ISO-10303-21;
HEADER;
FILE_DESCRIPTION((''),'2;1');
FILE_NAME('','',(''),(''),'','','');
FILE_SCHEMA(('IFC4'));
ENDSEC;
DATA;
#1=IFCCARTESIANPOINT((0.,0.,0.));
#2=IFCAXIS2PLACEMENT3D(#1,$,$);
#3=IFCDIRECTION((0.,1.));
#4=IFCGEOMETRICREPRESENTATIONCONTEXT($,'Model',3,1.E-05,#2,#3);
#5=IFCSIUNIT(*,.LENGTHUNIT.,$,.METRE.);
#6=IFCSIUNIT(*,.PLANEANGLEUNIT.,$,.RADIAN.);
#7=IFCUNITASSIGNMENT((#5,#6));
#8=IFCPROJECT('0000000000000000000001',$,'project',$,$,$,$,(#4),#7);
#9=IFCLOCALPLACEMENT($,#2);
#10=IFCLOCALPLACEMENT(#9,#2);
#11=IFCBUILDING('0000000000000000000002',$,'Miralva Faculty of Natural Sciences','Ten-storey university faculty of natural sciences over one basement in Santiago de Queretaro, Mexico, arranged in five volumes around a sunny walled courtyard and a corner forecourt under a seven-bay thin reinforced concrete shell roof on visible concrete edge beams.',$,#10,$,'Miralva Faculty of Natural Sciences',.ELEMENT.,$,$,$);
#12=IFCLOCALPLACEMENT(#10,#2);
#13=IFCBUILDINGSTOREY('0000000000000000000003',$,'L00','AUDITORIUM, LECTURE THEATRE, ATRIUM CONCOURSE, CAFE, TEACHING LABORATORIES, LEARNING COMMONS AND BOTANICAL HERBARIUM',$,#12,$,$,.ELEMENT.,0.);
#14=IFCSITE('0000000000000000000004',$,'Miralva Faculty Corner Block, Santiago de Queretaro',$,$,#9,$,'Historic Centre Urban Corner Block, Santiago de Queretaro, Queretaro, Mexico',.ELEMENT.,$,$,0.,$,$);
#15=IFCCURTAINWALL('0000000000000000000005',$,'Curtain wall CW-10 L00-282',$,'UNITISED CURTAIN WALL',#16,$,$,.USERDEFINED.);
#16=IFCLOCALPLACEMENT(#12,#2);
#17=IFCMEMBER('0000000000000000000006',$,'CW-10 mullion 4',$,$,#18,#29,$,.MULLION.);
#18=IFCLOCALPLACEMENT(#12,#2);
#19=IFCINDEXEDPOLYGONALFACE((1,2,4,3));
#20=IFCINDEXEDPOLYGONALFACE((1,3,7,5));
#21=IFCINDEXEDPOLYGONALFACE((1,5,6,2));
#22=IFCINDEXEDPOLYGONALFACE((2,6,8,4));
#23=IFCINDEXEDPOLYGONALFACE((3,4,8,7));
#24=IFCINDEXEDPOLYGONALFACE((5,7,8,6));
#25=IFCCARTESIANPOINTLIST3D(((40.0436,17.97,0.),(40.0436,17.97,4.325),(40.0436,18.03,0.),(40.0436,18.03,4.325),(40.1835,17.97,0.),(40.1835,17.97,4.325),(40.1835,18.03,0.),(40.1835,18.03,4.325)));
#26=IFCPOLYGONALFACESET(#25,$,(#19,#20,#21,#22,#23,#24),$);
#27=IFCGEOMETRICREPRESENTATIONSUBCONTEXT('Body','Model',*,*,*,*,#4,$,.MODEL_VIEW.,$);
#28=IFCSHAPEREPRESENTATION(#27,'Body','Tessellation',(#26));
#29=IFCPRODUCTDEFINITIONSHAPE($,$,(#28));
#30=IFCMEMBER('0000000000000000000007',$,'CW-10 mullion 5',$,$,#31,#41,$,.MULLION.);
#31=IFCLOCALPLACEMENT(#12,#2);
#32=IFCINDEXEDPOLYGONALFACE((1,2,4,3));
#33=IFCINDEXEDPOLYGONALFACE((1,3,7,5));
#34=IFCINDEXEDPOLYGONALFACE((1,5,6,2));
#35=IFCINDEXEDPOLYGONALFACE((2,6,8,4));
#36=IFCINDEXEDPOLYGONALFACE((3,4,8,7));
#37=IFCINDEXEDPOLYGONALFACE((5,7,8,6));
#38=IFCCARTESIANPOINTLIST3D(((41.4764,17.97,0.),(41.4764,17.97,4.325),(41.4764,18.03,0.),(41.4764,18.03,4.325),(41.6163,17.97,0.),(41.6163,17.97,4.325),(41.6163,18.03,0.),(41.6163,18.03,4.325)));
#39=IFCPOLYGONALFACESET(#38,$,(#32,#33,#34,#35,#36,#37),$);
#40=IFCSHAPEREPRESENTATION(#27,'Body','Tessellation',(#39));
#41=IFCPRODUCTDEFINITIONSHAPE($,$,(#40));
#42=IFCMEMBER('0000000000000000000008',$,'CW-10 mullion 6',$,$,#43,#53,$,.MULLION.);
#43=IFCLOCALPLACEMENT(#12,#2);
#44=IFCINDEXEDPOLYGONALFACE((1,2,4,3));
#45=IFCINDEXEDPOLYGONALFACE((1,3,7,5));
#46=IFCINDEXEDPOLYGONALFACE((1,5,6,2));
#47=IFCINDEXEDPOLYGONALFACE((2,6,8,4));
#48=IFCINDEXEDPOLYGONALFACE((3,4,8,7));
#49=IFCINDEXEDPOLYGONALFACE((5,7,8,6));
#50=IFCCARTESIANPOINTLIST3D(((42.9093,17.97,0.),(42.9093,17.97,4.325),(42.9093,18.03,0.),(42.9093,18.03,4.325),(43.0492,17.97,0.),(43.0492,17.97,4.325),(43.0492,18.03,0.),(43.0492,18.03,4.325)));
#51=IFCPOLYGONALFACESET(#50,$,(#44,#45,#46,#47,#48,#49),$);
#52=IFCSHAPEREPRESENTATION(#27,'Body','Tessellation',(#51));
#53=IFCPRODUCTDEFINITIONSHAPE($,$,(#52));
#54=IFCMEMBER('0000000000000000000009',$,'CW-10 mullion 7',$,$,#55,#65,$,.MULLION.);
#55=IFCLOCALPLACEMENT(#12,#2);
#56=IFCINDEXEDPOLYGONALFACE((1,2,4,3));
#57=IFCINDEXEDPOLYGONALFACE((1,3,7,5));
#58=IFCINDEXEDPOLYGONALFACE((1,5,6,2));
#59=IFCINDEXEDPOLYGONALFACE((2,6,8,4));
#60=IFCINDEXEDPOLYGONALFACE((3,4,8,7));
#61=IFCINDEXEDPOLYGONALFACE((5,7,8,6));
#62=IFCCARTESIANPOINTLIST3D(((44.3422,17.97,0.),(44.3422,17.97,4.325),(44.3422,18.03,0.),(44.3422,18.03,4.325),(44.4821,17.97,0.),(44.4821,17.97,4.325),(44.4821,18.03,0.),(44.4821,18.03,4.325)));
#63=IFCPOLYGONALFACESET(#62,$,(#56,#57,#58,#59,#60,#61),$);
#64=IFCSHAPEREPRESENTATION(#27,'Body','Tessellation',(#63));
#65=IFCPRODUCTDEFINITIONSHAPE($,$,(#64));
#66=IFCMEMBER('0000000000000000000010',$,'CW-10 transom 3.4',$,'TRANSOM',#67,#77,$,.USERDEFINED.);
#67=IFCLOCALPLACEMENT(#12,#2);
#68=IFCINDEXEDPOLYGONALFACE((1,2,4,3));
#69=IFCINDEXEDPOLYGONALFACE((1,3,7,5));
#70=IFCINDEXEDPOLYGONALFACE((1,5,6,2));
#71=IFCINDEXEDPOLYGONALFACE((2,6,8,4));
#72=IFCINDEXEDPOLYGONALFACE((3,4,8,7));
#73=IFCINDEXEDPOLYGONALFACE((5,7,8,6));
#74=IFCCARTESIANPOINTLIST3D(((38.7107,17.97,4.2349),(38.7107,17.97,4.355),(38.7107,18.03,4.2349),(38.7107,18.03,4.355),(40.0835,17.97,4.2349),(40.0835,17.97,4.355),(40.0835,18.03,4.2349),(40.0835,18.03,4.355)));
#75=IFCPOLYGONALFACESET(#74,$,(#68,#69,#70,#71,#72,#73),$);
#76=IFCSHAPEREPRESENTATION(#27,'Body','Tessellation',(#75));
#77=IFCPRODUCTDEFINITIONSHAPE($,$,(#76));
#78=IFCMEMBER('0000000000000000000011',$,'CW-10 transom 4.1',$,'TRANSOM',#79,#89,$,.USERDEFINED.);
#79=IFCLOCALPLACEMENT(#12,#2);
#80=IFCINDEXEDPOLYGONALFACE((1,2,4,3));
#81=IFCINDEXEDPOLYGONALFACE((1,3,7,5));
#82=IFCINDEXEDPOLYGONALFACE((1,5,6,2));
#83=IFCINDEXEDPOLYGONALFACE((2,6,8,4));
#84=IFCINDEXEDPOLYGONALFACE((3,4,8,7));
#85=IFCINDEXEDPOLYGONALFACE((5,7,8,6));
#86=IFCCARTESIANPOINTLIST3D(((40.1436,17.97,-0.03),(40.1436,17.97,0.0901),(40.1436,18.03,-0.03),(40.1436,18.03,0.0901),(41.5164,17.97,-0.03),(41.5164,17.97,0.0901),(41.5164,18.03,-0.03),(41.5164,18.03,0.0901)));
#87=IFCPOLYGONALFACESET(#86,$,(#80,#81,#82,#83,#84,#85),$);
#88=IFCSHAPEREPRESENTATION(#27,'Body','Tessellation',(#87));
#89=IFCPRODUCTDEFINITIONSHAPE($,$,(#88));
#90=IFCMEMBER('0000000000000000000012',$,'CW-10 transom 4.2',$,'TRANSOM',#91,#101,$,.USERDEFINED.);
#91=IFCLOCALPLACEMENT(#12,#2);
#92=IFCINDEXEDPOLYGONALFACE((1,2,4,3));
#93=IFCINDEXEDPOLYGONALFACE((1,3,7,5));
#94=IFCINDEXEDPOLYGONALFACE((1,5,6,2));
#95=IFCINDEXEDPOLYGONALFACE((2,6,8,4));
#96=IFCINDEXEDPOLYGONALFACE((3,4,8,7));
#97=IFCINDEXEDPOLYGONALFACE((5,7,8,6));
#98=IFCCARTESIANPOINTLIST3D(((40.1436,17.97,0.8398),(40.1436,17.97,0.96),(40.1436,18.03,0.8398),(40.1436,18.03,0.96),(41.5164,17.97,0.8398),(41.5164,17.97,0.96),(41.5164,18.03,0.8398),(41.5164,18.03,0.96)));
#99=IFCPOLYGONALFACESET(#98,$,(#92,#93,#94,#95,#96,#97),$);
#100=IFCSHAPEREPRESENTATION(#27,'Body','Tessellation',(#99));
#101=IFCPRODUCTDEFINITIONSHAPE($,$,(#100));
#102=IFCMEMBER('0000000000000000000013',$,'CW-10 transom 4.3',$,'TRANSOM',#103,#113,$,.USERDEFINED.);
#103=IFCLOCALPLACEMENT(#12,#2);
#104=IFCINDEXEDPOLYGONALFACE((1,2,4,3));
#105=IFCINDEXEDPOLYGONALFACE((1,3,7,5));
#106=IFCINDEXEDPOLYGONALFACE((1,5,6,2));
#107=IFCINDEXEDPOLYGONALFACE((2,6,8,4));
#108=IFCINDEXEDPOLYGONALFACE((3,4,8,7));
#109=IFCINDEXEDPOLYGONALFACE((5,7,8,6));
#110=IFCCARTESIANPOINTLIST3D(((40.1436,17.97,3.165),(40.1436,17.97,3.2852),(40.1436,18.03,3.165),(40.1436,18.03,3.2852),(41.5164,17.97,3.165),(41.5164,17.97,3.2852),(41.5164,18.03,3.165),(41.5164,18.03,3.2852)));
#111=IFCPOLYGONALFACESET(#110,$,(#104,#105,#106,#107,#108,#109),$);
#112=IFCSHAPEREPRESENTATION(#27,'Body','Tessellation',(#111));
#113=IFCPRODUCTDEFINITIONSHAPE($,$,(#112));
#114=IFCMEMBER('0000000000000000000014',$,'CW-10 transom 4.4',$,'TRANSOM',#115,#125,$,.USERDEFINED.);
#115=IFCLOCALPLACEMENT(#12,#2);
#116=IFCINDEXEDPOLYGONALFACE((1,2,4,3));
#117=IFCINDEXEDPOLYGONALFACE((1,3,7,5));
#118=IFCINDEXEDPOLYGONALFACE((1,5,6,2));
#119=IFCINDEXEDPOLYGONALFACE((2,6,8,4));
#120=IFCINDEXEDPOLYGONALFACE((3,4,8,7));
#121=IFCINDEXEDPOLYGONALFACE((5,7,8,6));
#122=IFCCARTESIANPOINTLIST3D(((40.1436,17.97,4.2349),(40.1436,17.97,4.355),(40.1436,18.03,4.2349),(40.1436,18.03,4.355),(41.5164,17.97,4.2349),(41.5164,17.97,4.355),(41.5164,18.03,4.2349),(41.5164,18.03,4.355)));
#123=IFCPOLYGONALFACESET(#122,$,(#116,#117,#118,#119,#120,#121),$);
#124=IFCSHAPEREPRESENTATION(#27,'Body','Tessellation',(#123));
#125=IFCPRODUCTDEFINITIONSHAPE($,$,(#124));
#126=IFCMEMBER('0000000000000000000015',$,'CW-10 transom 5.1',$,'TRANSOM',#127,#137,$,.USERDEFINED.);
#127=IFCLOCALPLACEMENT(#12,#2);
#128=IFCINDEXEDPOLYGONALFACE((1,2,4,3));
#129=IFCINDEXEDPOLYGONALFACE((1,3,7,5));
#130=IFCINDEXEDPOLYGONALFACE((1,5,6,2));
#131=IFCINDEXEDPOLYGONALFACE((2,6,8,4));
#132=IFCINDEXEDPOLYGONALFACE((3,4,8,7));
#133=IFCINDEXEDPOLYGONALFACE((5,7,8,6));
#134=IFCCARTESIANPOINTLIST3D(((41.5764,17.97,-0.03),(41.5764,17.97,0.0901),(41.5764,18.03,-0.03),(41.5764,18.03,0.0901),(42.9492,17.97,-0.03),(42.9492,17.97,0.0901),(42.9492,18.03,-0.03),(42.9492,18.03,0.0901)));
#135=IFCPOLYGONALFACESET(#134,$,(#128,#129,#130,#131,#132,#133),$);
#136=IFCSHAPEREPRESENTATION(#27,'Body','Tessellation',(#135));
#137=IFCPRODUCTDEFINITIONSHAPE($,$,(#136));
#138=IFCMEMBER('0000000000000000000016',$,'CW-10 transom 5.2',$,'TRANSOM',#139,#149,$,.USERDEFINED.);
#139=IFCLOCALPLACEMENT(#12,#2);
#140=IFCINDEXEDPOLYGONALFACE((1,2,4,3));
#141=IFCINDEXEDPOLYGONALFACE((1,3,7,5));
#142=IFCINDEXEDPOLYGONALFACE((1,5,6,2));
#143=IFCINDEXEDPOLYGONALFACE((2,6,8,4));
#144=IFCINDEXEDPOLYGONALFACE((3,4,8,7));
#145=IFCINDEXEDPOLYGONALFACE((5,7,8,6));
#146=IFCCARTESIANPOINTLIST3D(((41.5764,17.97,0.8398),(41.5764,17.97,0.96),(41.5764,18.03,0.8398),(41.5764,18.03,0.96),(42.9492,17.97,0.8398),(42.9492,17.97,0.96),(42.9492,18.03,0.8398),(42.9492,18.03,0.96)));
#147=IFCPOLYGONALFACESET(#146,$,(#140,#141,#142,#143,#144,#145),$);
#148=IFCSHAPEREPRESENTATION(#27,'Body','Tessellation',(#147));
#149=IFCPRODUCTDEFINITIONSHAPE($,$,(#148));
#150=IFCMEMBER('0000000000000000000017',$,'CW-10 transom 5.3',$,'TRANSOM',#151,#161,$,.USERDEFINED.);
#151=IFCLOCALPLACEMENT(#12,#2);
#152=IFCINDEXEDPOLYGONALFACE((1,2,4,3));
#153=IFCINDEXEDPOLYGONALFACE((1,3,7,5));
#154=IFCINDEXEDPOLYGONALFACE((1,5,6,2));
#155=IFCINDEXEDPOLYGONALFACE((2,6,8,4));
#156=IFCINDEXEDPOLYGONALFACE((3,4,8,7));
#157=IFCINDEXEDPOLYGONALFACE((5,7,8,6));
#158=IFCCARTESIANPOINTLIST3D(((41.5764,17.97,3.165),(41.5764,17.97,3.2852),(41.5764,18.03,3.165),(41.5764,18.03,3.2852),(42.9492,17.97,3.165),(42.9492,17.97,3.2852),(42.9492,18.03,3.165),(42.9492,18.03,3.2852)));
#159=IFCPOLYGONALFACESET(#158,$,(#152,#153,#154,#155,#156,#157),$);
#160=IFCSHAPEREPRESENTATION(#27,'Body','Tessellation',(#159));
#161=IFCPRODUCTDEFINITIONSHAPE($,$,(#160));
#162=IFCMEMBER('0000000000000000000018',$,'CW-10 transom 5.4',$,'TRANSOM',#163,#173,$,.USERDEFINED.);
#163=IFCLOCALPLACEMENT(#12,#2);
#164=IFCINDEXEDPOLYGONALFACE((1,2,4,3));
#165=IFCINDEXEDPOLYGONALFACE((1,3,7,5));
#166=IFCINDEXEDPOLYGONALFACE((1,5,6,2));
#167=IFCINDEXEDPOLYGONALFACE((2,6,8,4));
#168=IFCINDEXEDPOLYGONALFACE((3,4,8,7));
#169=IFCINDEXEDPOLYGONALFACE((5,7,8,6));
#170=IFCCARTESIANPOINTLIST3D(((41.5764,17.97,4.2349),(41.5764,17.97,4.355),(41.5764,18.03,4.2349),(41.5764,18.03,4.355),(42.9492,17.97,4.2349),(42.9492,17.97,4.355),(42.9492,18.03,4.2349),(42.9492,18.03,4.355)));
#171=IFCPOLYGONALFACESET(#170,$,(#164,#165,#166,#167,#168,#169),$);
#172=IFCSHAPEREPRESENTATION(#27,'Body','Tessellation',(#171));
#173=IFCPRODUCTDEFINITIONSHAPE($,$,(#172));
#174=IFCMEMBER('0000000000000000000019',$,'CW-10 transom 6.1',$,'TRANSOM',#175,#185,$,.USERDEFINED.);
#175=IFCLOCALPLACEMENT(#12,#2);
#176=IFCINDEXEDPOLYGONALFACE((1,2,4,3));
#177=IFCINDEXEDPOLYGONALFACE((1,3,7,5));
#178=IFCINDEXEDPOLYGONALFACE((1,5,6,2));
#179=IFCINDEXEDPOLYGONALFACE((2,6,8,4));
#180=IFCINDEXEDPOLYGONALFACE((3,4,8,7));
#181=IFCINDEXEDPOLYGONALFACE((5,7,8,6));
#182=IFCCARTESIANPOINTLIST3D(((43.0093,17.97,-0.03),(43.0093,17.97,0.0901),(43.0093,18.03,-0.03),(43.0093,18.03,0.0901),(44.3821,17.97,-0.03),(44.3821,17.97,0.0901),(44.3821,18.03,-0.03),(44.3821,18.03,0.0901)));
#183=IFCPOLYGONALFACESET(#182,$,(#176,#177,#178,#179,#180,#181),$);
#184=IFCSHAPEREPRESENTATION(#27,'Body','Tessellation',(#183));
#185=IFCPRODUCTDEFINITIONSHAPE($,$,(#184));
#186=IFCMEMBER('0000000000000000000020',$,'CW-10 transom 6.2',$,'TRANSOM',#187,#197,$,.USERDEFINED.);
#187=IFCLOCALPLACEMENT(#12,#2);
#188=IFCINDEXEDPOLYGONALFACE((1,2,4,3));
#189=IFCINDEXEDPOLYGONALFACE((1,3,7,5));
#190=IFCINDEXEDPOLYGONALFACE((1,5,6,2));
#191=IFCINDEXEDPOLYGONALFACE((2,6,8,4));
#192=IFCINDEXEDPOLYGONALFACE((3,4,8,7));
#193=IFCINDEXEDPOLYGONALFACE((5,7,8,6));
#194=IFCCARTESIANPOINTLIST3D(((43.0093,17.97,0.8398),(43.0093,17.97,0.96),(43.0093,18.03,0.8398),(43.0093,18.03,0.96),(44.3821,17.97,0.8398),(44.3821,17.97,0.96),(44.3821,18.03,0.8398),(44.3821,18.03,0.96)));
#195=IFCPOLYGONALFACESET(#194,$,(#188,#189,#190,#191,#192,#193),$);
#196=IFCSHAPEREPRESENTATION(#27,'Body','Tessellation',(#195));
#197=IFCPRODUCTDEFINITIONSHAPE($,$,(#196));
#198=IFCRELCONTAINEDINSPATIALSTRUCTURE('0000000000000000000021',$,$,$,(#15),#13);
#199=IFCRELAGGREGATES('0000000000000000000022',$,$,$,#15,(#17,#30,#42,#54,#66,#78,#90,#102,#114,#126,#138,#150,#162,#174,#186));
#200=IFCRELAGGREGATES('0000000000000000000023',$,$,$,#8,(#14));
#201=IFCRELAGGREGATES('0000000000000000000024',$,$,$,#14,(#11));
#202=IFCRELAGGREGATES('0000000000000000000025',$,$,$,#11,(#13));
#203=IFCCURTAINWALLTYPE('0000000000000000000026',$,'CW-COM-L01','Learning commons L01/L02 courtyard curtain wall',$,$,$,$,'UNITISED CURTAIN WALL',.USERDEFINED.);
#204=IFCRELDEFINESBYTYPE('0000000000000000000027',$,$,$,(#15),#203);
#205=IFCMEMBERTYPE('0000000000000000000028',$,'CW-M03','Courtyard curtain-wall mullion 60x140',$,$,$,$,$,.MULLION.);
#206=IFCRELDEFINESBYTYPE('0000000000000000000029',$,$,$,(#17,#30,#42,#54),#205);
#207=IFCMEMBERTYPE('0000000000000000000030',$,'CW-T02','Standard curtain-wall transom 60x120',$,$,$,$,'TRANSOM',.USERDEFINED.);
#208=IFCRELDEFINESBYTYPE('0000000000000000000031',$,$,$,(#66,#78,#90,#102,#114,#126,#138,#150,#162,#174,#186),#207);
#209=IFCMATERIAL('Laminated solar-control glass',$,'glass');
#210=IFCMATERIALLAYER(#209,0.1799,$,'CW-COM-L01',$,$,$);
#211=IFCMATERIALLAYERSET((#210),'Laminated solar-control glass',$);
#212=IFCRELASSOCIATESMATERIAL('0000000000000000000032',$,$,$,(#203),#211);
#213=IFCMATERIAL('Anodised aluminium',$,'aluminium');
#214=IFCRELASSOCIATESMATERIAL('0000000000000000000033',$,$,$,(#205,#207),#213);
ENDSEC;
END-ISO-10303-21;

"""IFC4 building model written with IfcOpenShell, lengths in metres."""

from ifc_helpers import new_model, si_unit, direction, frame, origin, origin_2d, place, context, subcontext, project, spatial, rectangle, extrude, material, layer, layer_set, material_profile, profile_set, type_object, element, aggregate, save


model = new_model("IFC4")

# Units and contexts
model_context = context("Model", 3, precision=1e-05, world=origin(), true_north=direction((0.0, 1.0)))
body_context = subcontext(model_context, "Body", "Model", "MODEL_VIEW")
ifc_project = project(units=[si_unit("LENGTHUNIT", "METRE"), si_unit("PLANEANGLEUNIT", "RADIAN")], contexts=[model_context])

# Site, building, storey
site_placement = place(None, origin())
site = spatial("IfcSite", under=ifc_project, at=site_placement, Name="Miralva Faculty Corner Block, Santiago de Queretaro", LongName="Historic Centre Urban Corner Block, Santiago de Queretaro, Queretaro, Mexico", CompositionType="ELEMENT", RefElevation=0.0)
building_placement = place(site_placement, origin())
building = spatial("IfcBuilding", under=site, at=building_placement, Name="Miralva Faculty of Natural Sciences", Description="Ten-storey university faculty of natural sciences over one basement in Santiago de Queretaro, Mexico, arranged in five volumes around a sunny walled courtyard and a corner forecourt under a seven-bay thin reinforced concrete shell roof on visible concrete edge beams.", LongName="Miralva Faculty of Natural Sciences", CompositionType="ELEMENT")
storey_placement = place(building_placement, origin())
storey = spatial("IfcBuildingStorey", under=building, at=storey_placement, Name="L00", Description="AUDITORIUM, LECTURE THEATRE, ATRIUM CONCOURSE, CAFE, TEACHING LABORATORIES, LEARNING COMMONS AND BOTANICAL HERBARIUM", CompositionType="ELEMENT", Elevation=0.0)

# Curtain wall, members
ifc_material_1 = material(Name="Laminated solar-control glass", Category="glass")
ifc_layer_1 = layer(ifc_material_1, 0.1799, Name="CW-COM-L01")
ifc_layer_set_1 = layer_set([ifc_layer_1], Name="Laminated solar-control glass")
curtain_wall_type = type_object("IfcCurtainWallType", Name="CW-COM-L01", Description="Learning commons L01/L02 courtyard curtain wall", ElementType="UNITISED CURTAIN WALL", PredefinedType="USERDEFINED", material=ifc_layer_set_1)
curtain_wall_placement = place(storey_placement, origin())
curtain_wall = element("IfcCurtainWall", 1, at=curtain_wall_placement, inside=storey, type_object=curtain_wall_type, Name="Curtain wall CW-10 L00-282", ObjectType="UNITISED CURTAIN WALL", PredefinedType="USERDEFINED")
ifc_material_2 = material(Name="Anodised aluminium", Category="aluminium")
ifc_material_profile_1 = material_profile(ifc_material_2, rectangle(XDim=0.0601, YDim=0.1399, at=origin_2d()), Name="MULLION 60x140")
ifc_profile_set_1 = profile_set([ifc_material_profile_1], Name="Anodised aluminium")
member_type_1 = type_object("IfcMemberType", Name="CW-M03", Description="Courtyard curtain-wall mullion 60x140", PredefinedType="MULLION", material=ifc_profile_set_1)
member_1_placement = place(storey_placement, frame((40.1135, 18.0, 0.0), z_axis=(0.0, 0.0, 1.0), x_axis=(0.0, 1.0, 0.0)))
member_1 = element("IfcMember", 2, at=member_1_placement, type_object=member_type_1, Name="CW-10 mullion 4", PredefinedType="MULLION", context=body_context, shape_type="SweptSolid", body=[
    extrude(rectangle(XDim=0.0601, YDim=0.1399, at=origin_2d()), origin(), (0.0, 0.0, 1.0), 4.325),
])
member_2_placement = place(storey_placement, frame((41.5464, 18.0, 0.0), z_axis=(0.0, 0.0, 1.0), x_axis=(0.0, 1.0, 0.0)))
member_2 = element("IfcMember", 3, at=member_2_placement, type_object=member_type_1, Name="CW-10 mullion 5", PredefinedType="MULLION", context=body_context, shape_type="SweptSolid", body=[
    extrude(rectangle(XDim=0.0601, YDim=0.1399, at=origin_2d()), origin(), (0.0, 0.0, 1.0), 4.325),
])
member_3_placement = place(storey_placement, frame((42.9792, 18.0, 0.0), z_axis=(0.0, 0.0, 1.0), x_axis=(0.0, 1.0, 0.0)))
member_3 = element("IfcMember", 4, at=member_3_placement, type_object=member_type_1, Name="CW-10 mullion 6", PredefinedType="MULLION", context=body_context, shape_type="SweptSolid", body=[
    extrude(rectangle(XDim=0.0601, YDim=0.1399, at=origin_2d()), origin(), (0.0, 0.0, 1.0), 4.325),
])
member_4_placement = place(storey_placement, frame((44.4121, 18.0, 0.0), z_axis=(0.0, 0.0, 1.0), x_axis=(0.0, 1.0, 0.0)))
member_4 = element("IfcMember", 5, at=member_4_placement, type_object=member_type_1, Name="CW-10 mullion 7", PredefinedType="MULLION", context=body_context, shape_type="SweptSolid", body=[
    extrude(rectangle(XDim=0.0601, YDim=0.1399, at=origin_2d()), origin(), (0.0, 0.0, 1.0), 4.325),
])
ifc_material_profile_2 = material_profile(ifc_material_2, rectangle(XDim=0.0601, YDim=0.1201, at=origin_2d()), Name="TRANSOM 60x120")
ifc_profile_set_2 = profile_set([ifc_material_profile_2], Name="Anodised aluminium")
member_type_2 = type_object("IfcMemberType", Name="CW-T02", Description="Standard curtain-wall transom 60x120", ElementType="TRANSOM", PredefinedType="USERDEFINED", material=ifc_profile_set_2)
member_5_placement = place(storey_placement, frame((38.7107, 18.0, 4.2949), z_axis=(1.0, 0.0, 0.0), x_axis=(0.0, 1.0, 0.0)))
member_5 = element("IfcMember", 6, at=member_5_placement, type_object=member_type_2, Name="CW-10 transom 3.4", ObjectType="TRANSOM", PredefinedType="USERDEFINED", context=body_context, shape_type="SweptSolid", body=[
    extrude(rectangle(XDim=0.0601, YDim=0.1201, at=origin_2d()), origin(), (0.0, 0.0, 1.0), 1.3728),
])
member_6_placement = place(storey_placement, frame((40.1436, 18.0, 0.03), z_axis=(1.0, 0.0, 0.0), x_axis=(0.0, 1.0, 0.0)))
member_6 = element("IfcMember", 7, at=member_6_placement, type_object=member_type_2, Name="CW-10 transom 4.1", ObjectType="TRANSOM", PredefinedType="USERDEFINED", context=body_context, shape_type="SweptSolid", body=[
    extrude(rectangle(XDim=0.0601, YDim=0.1201, at=origin_2d()), origin(), (0.0, 0.0, 1.0), 1.3728),
])
member_7_placement = place(storey_placement, frame((40.1436, 18.0, 0.8999), z_axis=(1.0, 0.0, 0.0), x_axis=(0.0, 1.0, 0.0)))
member_7 = element("IfcMember", 8, at=member_7_placement, type_object=member_type_2, Name="CW-10 transom 4.2", ObjectType="TRANSOM", PredefinedType="USERDEFINED", context=body_context, shape_type="SweptSolid", body=[
    extrude(rectangle(XDim=0.0601, YDim=0.1201, at=origin_2d()), origin(), (0.0, 0.0, 1.0), 1.3728),
])
member_8_placement = place(storey_placement, frame((40.1436, 18.0, 3.2251), z_axis=(1.0, 0.0, 0.0), x_axis=(0.0, 1.0, 0.0)))
member_8 = element("IfcMember", 9, at=member_8_placement, type_object=member_type_2, Name="CW-10 transom 4.3", ObjectType="TRANSOM", PredefinedType="USERDEFINED", context=body_context, shape_type="SweptSolid", body=[
    extrude(rectangle(XDim=0.0601, YDim=0.1201, at=origin_2d()), origin(), (0.0, 0.0, 1.0), 1.3728),
])
member_9_placement = place(storey_placement, frame((40.1436, 18.0, 4.2949), z_axis=(1.0, 0.0, 0.0), x_axis=(0.0, 1.0, 0.0)))
member_9 = element("IfcMember", 10, at=member_9_placement, type_object=member_type_2, Name="CW-10 transom 4.4", ObjectType="TRANSOM", PredefinedType="USERDEFINED", context=body_context, shape_type="SweptSolid", body=[
    extrude(rectangle(XDim=0.0601, YDim=0.1201, at=origin_2d()), origin(), (0.0, 0.0, 1.0), 1.3728),
])
member_10_placement = place(storey_placement, frame((41.5764, 18.0, 0.03), z_axis=(1.0, 0.0, 0.0), x_axis=(0.0, 1.0, 0.0)))
member_10 = element("IfcMember", 11, at=member_10_placement, type_object=member_type_2, Name="CW-10 transom 5.1", ObjectType="TRANSOM", PredefinedType="USERDEFINED", context=body_context, shape_type="SweptSolid", body=[
    extrude(rectangle(XDim=0.0601, YDim=0.1201, at=origin_2d()), origin(), (0.0, 0.0, 1.0), 1.3728),
])
member_11_placement = place(storey_placement, frame((41.5764, 18.0, 0.8999), z_axis=(1.0, 0.0, 0.0), x_axis=(0.0, 1.0, 0.0)))
member_11 = element("IfcMember", 12, at=member_11_placement, type_object=member_type_2, Name="CW-10 transom 5.2", ObjectType="TRANSOM", PredefinedType="USERDEFINED", context=body_context, shape_type="SweptSolid", body=[
    extrude(rectangle(XDim=0.0601, YDim=0.1201, at=origin_2d()), origin(), (0.0, 0.0, 1.0), 1.3728),
])
member_12_placement = place(storey_placement, frame((41.5764, 18.0, 3.2251), z_axis=(1.0, 0.0, 0.0), x_axis=(0.0, 1.0, 0.0)))
member_12 = element("IfcMember", 13, at=member_12_placement, type_object=member_type_2, Name="CW-10 transom 5.3", ObjectType="TRANSOM", PredefinedType="USERDEFINED", context=body_context, shape_type="SweptSolid", body=[
    extrude(rectangle(XDim=0.0601, YDim=0.1201, at=origin_2d()), origin(), (0.0, 0.0, 1.0), 1.3728),
])
member_13_placement = place(storey_placement, frame((41.5764, 18.0, 4.2949), z_axis=(1.0, 0.0, 0.0), x_axis=(0.0, 1.0, 0.0)))
member_13 = element("IfcMember", 14, at=member_13_placement, type_object=member_type_2, Name="CW-10 transom 5.4", ObjectType="TRANSOM", PredefinedType="USERDEFINED", context=body_context, shape_type="SweptSolid", body=[
    extrude(rectangle(XDim=0.0601, YDim=0.1201, at=origin_2d()), origin(), (0.0, 0.0, 1.0), 1.3728),
])
member_14_placement = place(storey_placement, frame((43.0093, 18.0, 0.03), z_axis=(1.0, 0.0, 0.0), x_axis=(0.0, 1.0, 0.0)))
member_14 = element("IfcMember", 15, at=member_14_placement, type_object=member_type_2, Name="CW-10 transom 6.1", ObjectType="TRANSOM", PredefinedType="USERDEFINED", context=body_context, shape_type="SweptSolid", body=[
    extrude(rectangle(XDim=0.0601, YDim=0.1201, at=origin_2d()), origin(), (0.0, 0.0, 1.0), 1.3728),
])
member_15_placement = place(storey_placement, frame((43.0093, 18.0, 0.8999), z_axis=(1.0, 0.0, 0.0), x_axis=(0.0, 1.0, 0.0)))
member_15 = element("IfcMember", 16, at=member_15_placement, type_object=member_type_2, Name="CW-10 transom 6.2", ObjectType="TRANSOM", PredefinedType="USERDEFINED", context=body_context, shape_type="SweptSolid", body=[
    extrude(rectangle(XDim=0.0601, YDim=0.1201, at=origin_2d()), origin(), (0.0, 0.0, 1.0), 1.3728),
])
aggregate(curtain_wall, [member_1, member_2, member_3, member_4, member_5, member_6, member_7, member_8, member_9, member_10, member_11, member_12, member_13, member_14, member_15])

save(model, "model.ifc")
